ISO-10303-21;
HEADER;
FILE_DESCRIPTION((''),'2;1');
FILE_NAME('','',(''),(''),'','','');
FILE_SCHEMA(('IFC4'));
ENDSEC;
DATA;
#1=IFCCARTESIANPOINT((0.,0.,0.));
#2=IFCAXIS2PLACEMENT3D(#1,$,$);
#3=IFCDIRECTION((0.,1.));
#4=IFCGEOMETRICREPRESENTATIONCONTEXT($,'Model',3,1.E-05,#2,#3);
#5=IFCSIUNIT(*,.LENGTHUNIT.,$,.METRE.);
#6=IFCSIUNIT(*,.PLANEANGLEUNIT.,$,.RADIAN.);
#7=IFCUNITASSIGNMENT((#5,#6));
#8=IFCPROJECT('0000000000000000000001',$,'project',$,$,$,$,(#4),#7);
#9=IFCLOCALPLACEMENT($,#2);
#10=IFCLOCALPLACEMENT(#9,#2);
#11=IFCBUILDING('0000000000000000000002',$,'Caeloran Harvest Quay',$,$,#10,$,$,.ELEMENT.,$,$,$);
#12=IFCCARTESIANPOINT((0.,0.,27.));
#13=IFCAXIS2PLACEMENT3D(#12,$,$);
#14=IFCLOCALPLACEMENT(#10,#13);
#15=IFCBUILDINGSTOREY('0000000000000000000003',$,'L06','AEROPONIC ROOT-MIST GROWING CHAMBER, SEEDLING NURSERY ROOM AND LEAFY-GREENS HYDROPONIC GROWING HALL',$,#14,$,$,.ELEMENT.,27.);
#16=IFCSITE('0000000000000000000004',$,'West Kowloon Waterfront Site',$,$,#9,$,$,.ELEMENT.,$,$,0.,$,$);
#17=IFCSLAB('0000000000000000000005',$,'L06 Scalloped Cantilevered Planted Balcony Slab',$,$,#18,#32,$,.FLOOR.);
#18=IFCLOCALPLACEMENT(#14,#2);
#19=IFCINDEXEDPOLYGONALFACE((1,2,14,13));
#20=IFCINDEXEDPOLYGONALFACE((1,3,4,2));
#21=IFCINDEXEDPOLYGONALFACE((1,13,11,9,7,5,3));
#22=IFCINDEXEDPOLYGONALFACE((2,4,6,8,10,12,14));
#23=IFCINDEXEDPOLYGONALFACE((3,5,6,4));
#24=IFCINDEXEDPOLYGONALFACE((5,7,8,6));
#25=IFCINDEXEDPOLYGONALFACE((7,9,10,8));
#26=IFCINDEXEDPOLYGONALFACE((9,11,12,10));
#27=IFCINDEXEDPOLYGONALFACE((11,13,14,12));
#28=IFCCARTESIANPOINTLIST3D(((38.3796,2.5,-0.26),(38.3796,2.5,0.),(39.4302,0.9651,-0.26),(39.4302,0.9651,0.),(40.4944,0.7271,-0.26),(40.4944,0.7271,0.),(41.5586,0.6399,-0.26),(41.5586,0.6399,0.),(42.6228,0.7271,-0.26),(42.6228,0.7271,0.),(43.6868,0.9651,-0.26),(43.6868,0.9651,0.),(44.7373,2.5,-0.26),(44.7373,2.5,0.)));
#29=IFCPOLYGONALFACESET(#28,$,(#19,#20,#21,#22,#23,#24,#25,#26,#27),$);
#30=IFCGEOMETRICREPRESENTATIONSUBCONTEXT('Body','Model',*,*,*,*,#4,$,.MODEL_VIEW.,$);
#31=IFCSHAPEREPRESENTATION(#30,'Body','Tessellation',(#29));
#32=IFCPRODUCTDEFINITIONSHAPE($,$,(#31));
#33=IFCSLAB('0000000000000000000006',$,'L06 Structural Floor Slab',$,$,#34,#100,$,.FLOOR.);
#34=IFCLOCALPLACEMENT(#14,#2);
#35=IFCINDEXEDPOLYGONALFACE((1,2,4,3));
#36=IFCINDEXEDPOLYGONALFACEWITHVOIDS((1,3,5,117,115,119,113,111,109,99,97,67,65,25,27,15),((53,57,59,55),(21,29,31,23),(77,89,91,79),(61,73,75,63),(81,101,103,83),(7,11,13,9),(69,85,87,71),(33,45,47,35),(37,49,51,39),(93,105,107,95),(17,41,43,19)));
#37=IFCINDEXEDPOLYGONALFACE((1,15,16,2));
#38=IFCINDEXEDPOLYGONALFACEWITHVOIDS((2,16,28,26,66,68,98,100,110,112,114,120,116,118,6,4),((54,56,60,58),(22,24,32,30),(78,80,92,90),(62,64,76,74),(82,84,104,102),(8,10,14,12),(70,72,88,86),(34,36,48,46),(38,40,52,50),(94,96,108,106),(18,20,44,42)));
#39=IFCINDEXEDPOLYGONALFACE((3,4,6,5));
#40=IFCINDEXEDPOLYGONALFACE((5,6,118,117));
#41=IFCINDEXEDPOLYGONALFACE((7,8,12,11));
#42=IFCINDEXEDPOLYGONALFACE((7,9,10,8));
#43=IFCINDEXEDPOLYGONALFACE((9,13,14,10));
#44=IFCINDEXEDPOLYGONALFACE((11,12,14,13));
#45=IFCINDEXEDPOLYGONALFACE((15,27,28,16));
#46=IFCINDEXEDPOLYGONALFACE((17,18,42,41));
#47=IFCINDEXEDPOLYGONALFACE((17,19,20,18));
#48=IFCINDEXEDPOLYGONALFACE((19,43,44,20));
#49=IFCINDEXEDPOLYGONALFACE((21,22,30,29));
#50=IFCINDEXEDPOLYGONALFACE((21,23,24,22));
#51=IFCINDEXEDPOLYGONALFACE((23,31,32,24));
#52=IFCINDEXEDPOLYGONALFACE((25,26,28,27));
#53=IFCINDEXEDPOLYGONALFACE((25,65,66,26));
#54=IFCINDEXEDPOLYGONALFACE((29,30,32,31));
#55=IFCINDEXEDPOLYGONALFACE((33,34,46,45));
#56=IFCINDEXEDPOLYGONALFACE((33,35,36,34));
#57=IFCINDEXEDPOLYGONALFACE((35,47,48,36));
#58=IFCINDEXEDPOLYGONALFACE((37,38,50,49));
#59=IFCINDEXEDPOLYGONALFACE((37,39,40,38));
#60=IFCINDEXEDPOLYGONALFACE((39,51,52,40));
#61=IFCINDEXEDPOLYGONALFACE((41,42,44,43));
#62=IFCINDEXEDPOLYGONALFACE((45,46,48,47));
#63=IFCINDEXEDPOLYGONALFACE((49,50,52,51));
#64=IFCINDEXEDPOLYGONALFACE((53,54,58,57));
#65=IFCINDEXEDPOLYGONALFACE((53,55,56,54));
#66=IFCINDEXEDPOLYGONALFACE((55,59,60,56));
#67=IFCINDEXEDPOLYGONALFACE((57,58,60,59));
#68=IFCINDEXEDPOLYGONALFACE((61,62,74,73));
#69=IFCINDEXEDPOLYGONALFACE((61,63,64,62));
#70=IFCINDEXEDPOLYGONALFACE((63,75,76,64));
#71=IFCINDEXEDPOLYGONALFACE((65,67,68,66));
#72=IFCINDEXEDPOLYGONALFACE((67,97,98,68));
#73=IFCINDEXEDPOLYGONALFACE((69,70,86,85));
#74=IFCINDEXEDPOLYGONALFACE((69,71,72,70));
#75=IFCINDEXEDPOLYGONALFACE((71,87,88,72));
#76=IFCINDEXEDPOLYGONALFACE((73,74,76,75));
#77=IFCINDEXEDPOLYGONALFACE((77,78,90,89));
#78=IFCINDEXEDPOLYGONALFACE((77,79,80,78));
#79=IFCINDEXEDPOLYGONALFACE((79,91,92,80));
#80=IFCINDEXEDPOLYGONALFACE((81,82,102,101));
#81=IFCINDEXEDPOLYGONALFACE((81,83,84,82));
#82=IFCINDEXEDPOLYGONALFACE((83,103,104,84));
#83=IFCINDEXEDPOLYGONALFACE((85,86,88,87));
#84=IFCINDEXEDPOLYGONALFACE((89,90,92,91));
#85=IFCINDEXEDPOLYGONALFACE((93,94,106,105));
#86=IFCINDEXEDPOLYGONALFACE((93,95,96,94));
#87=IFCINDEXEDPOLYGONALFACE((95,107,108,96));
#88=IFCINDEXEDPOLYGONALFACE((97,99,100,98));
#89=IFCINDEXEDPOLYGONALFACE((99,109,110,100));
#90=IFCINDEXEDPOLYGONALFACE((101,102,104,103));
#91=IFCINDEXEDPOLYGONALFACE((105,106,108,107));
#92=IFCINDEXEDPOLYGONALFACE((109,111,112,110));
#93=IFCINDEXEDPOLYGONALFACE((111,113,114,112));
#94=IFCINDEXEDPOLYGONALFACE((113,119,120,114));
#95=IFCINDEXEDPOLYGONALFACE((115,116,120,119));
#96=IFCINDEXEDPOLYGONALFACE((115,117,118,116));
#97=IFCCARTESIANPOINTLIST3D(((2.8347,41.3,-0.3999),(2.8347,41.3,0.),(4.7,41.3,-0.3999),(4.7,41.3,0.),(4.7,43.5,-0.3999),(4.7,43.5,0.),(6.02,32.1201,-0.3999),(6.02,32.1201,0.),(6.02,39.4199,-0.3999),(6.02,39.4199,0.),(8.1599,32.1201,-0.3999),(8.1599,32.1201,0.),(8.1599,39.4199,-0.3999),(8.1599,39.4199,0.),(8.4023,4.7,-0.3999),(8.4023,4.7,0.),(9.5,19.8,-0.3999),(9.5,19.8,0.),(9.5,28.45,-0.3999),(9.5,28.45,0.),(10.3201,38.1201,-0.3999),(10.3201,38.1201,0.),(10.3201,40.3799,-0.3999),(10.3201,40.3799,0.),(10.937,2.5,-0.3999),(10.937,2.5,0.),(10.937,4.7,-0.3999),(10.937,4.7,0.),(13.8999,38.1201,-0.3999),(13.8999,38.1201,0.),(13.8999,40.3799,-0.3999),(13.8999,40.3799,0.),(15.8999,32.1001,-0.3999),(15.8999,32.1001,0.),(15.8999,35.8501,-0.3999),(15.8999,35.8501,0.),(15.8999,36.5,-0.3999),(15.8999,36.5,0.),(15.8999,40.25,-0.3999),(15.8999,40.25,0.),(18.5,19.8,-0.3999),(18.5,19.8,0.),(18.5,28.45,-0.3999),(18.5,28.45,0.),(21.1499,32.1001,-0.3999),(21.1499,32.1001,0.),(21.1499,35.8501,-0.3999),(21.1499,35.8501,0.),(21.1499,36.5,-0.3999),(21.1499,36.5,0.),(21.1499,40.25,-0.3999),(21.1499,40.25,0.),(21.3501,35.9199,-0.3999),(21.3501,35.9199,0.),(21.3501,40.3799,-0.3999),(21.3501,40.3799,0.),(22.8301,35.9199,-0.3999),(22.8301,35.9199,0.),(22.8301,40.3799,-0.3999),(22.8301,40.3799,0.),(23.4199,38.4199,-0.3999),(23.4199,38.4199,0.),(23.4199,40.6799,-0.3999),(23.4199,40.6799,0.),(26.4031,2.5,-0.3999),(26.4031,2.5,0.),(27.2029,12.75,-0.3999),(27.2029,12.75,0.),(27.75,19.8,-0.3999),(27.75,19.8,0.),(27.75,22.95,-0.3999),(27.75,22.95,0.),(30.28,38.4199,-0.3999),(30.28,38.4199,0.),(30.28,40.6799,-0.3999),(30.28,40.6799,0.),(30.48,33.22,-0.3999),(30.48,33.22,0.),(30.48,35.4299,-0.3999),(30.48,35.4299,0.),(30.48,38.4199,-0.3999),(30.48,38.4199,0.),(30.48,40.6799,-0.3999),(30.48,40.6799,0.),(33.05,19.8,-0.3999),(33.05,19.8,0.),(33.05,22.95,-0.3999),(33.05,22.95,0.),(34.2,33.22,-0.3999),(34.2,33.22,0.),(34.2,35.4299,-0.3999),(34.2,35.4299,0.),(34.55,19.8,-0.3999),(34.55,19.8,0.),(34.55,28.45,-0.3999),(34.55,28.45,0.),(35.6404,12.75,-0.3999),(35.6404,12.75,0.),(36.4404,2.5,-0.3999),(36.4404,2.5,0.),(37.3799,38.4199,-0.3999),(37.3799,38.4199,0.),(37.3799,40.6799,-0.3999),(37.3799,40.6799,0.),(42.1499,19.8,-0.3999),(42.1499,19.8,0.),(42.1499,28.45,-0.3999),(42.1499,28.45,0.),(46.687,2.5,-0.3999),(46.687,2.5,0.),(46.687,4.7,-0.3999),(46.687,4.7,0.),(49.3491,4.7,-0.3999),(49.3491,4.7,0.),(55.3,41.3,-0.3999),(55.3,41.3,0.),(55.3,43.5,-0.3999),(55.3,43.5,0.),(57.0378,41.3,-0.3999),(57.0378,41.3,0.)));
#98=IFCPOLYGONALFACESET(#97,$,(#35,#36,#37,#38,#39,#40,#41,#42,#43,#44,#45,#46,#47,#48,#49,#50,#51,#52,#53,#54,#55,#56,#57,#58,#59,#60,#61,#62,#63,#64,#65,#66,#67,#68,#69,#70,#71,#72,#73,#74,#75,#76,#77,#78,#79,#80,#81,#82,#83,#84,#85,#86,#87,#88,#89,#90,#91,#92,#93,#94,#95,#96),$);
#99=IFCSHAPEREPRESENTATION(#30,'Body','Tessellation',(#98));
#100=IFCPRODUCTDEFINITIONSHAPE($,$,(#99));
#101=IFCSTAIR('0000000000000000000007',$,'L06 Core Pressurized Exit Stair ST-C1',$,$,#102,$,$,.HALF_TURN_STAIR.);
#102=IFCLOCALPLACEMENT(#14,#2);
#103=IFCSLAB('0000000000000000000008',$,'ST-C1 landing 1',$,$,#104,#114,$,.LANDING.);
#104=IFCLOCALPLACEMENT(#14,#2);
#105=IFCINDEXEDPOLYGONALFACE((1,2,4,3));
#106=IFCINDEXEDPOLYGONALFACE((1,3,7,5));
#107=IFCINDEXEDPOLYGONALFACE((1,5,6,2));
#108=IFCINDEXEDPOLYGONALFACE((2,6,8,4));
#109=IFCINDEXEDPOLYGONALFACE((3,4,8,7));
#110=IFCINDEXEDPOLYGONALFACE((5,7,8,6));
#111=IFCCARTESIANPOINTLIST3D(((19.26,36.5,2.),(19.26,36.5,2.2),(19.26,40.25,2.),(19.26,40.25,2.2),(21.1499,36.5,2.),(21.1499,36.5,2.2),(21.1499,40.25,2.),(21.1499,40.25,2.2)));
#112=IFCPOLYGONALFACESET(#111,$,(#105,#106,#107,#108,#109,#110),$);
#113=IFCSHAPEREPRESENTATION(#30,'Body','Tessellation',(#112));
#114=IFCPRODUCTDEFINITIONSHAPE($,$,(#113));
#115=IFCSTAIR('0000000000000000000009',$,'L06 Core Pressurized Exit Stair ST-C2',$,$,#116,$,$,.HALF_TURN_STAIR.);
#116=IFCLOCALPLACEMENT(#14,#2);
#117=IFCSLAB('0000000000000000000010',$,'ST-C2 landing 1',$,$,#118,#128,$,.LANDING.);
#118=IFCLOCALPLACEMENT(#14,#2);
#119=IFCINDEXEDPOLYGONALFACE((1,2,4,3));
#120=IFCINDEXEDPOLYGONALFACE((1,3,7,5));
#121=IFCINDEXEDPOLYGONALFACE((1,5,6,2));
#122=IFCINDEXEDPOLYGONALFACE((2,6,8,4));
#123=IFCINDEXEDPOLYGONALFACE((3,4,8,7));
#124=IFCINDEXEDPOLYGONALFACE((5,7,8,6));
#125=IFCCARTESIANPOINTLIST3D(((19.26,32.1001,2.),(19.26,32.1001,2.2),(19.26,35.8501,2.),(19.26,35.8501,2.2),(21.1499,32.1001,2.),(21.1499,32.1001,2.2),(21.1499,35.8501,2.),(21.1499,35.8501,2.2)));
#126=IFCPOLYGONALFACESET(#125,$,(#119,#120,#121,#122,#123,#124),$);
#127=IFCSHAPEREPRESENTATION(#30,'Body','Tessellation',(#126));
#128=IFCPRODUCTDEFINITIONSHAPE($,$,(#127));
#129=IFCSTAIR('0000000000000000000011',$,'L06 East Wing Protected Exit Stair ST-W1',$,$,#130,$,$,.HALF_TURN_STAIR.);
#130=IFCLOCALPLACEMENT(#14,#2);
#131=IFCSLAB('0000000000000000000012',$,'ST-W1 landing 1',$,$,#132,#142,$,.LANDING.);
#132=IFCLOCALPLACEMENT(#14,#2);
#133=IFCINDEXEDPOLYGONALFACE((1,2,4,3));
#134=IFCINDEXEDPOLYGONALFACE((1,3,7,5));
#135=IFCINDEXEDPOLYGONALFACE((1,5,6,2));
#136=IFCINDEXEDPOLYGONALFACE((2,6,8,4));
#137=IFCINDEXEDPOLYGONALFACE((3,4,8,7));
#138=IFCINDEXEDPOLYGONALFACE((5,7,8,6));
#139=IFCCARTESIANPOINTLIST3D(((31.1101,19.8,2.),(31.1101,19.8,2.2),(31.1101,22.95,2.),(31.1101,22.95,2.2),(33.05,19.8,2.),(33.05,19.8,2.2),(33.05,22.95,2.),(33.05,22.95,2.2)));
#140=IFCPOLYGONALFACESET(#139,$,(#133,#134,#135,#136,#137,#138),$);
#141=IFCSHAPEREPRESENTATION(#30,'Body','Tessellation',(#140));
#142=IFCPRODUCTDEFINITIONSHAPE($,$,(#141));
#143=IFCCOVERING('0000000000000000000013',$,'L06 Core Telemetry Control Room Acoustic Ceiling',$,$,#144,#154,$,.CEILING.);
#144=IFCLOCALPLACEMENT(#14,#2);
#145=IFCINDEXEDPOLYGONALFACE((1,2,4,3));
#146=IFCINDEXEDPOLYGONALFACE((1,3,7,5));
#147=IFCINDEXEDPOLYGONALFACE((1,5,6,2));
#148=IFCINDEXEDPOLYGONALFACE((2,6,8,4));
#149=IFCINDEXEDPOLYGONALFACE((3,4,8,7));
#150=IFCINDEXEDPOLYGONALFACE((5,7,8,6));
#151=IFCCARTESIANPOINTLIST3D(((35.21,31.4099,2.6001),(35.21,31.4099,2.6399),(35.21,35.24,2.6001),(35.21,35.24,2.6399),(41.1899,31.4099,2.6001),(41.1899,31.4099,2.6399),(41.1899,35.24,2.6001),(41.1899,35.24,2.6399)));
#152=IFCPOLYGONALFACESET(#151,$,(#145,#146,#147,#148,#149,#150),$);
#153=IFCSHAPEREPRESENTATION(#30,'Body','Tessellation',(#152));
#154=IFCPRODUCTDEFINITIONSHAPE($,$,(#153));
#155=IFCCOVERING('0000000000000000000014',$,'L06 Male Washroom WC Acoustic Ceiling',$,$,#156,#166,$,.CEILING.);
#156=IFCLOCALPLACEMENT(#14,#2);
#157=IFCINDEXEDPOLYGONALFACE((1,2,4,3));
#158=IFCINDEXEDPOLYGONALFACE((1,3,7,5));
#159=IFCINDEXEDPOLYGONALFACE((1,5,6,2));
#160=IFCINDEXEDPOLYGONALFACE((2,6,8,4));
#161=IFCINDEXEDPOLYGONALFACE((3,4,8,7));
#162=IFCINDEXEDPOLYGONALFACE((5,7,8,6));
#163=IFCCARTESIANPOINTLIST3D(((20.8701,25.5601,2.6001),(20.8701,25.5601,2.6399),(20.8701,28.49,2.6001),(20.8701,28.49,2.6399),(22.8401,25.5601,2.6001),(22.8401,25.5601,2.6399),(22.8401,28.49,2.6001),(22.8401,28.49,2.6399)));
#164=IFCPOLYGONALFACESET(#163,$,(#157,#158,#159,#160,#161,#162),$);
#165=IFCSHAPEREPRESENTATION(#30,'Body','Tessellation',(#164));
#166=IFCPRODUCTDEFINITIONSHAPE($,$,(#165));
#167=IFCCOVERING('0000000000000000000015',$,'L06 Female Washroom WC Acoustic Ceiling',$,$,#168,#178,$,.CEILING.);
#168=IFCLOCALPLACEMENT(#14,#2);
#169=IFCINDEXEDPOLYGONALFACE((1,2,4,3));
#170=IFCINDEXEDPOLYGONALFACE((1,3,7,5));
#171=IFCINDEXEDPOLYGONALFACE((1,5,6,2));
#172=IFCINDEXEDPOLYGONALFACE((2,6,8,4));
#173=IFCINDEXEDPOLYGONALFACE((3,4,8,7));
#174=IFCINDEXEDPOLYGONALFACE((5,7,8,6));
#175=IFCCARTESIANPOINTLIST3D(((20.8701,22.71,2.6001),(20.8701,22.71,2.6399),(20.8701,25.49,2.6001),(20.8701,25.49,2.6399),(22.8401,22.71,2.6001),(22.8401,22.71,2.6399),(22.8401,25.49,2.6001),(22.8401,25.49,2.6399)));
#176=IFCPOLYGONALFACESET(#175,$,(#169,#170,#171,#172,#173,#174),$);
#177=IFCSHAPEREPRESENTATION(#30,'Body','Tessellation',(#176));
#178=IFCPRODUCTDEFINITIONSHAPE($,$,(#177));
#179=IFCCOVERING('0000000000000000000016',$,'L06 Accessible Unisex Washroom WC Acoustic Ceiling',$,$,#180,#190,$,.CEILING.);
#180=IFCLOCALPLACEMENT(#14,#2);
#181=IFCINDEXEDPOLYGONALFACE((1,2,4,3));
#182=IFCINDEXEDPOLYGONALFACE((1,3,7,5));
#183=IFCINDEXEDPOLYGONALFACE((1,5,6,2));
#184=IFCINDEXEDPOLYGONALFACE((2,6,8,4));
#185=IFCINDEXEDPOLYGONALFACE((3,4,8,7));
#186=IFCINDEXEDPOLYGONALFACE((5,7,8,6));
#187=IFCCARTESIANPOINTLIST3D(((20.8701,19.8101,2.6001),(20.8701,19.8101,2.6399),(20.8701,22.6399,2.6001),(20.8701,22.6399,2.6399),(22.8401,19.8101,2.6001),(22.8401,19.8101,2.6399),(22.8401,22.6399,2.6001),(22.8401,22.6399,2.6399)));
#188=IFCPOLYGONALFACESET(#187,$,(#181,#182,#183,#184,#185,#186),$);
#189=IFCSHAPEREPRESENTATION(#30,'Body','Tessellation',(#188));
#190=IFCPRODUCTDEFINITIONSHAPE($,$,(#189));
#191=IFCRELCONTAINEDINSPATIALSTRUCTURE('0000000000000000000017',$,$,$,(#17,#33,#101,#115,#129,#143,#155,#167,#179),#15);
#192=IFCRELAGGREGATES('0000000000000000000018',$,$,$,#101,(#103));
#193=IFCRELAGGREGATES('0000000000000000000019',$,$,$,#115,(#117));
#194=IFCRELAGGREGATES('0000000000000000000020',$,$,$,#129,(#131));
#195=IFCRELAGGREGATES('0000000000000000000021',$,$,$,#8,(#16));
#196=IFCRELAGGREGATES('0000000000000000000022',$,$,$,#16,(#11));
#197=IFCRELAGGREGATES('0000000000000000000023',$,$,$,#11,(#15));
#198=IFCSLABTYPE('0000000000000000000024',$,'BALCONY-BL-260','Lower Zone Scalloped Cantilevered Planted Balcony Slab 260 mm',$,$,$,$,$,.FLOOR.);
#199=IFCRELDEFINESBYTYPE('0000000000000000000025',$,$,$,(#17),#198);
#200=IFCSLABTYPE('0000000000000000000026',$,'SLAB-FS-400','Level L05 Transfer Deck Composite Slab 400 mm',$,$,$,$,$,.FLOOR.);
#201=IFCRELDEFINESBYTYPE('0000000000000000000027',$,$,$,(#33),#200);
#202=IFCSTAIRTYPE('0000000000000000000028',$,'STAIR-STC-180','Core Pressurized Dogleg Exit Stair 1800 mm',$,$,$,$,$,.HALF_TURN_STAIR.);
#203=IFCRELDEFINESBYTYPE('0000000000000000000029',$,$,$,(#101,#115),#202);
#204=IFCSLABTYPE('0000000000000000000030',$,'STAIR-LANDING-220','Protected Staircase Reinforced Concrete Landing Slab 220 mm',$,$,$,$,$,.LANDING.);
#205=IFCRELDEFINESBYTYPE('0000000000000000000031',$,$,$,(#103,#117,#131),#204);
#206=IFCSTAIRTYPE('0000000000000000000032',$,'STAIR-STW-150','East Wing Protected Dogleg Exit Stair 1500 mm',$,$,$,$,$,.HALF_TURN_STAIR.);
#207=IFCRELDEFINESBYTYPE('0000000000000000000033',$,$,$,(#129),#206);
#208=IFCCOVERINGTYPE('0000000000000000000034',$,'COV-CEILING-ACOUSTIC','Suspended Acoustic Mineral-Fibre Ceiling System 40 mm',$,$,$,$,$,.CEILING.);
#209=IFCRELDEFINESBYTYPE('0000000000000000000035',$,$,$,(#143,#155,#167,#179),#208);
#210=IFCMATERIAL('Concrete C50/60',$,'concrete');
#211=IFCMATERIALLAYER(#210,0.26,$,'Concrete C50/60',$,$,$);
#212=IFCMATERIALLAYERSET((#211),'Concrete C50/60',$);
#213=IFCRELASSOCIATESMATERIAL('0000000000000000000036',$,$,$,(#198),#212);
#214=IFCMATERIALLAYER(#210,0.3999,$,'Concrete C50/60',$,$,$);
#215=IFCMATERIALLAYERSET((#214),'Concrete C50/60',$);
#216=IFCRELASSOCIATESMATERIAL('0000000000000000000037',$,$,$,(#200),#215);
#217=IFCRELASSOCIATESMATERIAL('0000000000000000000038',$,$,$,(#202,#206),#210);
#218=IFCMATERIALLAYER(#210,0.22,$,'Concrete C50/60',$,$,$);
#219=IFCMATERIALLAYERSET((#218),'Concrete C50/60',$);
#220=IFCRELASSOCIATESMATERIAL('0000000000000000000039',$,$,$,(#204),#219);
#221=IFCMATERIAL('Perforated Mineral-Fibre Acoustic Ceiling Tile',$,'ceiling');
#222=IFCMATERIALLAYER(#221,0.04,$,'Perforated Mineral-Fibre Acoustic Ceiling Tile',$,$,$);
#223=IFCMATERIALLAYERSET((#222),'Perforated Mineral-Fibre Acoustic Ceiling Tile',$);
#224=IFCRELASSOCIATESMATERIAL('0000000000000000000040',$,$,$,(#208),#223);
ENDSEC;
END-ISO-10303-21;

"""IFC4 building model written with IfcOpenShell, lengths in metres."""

from ifc_helpers import new_model, si_unit, direction, frame, origin, place, context, subcontext, project, spatial, polyline, outline, extrude, material, layer, layer_set, type_object, element, aggregate, save


model = new_model("IFC4")

# Units and contexts
model_context = context("Model", 3, precision=1e-05, world=origin(), true_north=direction((0.0, 1.0)))
body_context = subcontext(model_context, "Body", "Model", "MODEL_VIEW")
ifc_project = project(units=[si_unit("LENGTHUNIT", "METRE"), si_unit("PLANEANGLEUNIT", "RADIAN")], contexts=[model_context])

# Site, building, storey
site_placement = place(None, origin())
site = spatial("IfcSite", under=ifc_project, at=site_placement, Name="West Kowloon Waterfront Site", CompositionType="ELEMENT", RefElevation=0.0)
building_placement = place(site_placement, origin())
building = spatial("IfcBuilding", under=site, at=building_placement, Name="Caeloran Harvest Quay", CompositionType="ELEMENT")
storey_placement = place(building_placement, frame((0.0, 0.0, 27.0)))
storey = spatial("IfcBuildingStorey", under=building, at=storey_placement, Name="L06", Description="AEROPONIC ROOT-MIST GROWING CHAMBER, SEEDLING NURSERY ROOM AND LEAFY-GREENS HYDROPONIC GROWING HALL", CompositionType="ELEMENT", Elevation=27.0)

# Slabs
ifc_material_1 = material(Name="Concrete C50/60", Category="concrete")
ifc_layer_1 = layer(ifc_material_1, 0.26, Name="Concrete C50/60")
ifc_layer_set_1 = layer_set([ifc_layer_1], Name="Concrete C50/60")
slab_type_1 = type_object("IfcSlabType", Name="BALCONY-BL-260", Description="Lower Zone Scalloped Cantilevered Planted Balcony Slab 260 mm", PredefinedType="FLOOR", material=ifc_layer_set_1)
slab_1_placement = place(storey_placement, frame((0.0, 0.0, -0.26)))
element("IfcSlab", 1, at=slab_1_placement, inside=storey, type_object=slab_type_1, Name="L06 Scalloped Cantilevered Planted Balcony Slab", PredefinedType="FLOOR", context=body_context, shape_type="SweptSolid", body=[
    extrude(outline(polyline([(43.6868, 0.9651), (42.6228, 0.7271), (41.5586, 0.6399), (40.4944, 0.7271), (39.4302, 0.9651), (38.3796, 2.5), (44.7373, 2.5), (43.6868, 0.9651)])), origin(), (0.0, 0.0, 1.0), 0.26),
])
ifc_layer_2 = layer(ifc_material_1, 0.3999, Name="Concrete C50/60")
ifc_layer_set_2 = layer_set([ifc_layer_2], Name="Concrete C50/60")
slab_type_2 = type_object("IfcSlabType", Name="SLAB-FS-400", Description="Level L05 Transfer Deck Composite Slab 400 mm", PredefinedType="FLOOR", material=ifc_layer_set_2)
slab_2_placement = place(storey_placement, frame((0.0, 0.0, -0.3999)))
element("IfcSlab", 2, at=slab_2_placement, inside=storey, type_object=slab_type_2, Name="L06 Structural Floor Slab", PredefinedType="FLOOR", context=body_context, shape_type="SweptSolid", body=[
    extrude(outline(polyline([(10.937, 2.5), (26.4031, 2.5), (27.2029, 12.75), (35.6404, 12.75), (36.4404, 2.5), (46.687, 2.5), (46.687, 4.7), (49.3491, 4.7), (57.0378, 41.3), (55.3, 41.3), (55.3, 43.5), (4.7, 43.5), (4.7, 41.3), (2.8347, 41.3), (8.4023, 4.7), (10.937, 4.7), (10.937, 2.5)]), holes=[polyline([(18.5, 19.8), (9.5, 19.8), (9.5, 28.45), (18.5, 28.45), (18.5, 19.8)]), polyline([(15.8999, 32.1001), (15.8999, 35.8501), (21.1499, 35.8501), (21.1499, 32.1001), (15.8999, 32.1001)]), polyline([(8.1599, 32.1201), (6.02, 32.1201), (6.02, 39.4199), (8.1599, 39.4199), (8.1599, 32.1201)]), polyline([(21.3501, 35.9199), (21.3501, 40.3799), (22.8301, 40.3799), (22.8301, 35.9199), (21.3501, 35.9199)]), polyline([(15.8999, 40.25), (21.1499, 40.25), (21.1499, 36.5), (15.8999, 36.5), (15.8999, 40.25)]), polyline([(13.8999, 38.1201), (10.3201, 38.1201), (10.3201, 40.3799), (13.8999, 40.3799), (13.8999, 38.1201)]), polyline([(27.75, 22.95), (33.05, 22.95), (33.05, 19.8), (27.75, 19.8), (27.75, 22.95)]), polyline([(34.55, 19.8), (34.55, 28.45), (42.1499, 28.45), (42.1499, 19.8), (34.55, 19.8)]), polyline([(34.2, 33.22), (30.48, 33.22), (30.48, 35.4299), (34.2, 35.4299), (34.2, 33.22)]), polyline([(23.4199, 38.4199), (23.4199, 40.6799), (30.28, 40.6799), (30.28, 38.4199), (23.4199, 38.4199)]), polyline([(30.48, 38.4199), (30.48, 40.6799), (37.3799, 40.6799), (37.3799, 38.4199), (30.48, 38.4199)])]), origin(), (0.0, 0.0, 1.0), 0.3999),
])

# Stairs, slabs
stair_type_1 = type_object("IfcStairType", Name="STAIR-STC-180", Description="Core Pressurized Dogleg Exit Stair 1800 mm", PredefinedType="HALF_TURN_STAIR", material=ifc_material_1)
stair_1_placement = place(storey_placement, origin())
stair_1 = element("IfcStair", 3, at=stair_1_placement, inside=storey, type_object=stair_type_1, Name="L06 Core Pressurized Exit Stair ST-C1", PredefinedType="HALF_TURN_STAIR")
ifc_layer_3 = layer(ifc_material_1, 0.22, Name="Concrete C50/60")
ifc_layer_set_3 = layer_set([ifc_layer_3], Name="Concrete C50/60")
slab_type_3 = type_object("IfcSlabType", Name="STAIR-LANDING-220", Description="Protected Staircase Reinforced Concrete Landing Slab 220 mm", PredefinedType="LANDING", material=ifc_layer_set_3)
slab_3_placement = place(storey_placement, frame((0.0, 0.0, 2.0)))
slab_3 = element("IfcSlab", 4, at=slab_3_placement, type_object=slab_type_3, Name="ST-C1 landing 1", PredefinedType="LANDING", context=body_context, shape_type="SweptSolid", body=[
    extrude(outline(polyline([(19.26, 36.5), (21.1499, 36.5), (21.1499, 40.25), (19.26, 40.25), (19.26, 36.5)])), origin(), (0.0, 0.0, 1.0), 0.2),
])
aggregate(stair_1, [slab_3])
stair_2_placement = place(storey_placement, origin())
stair_2 = element("IfcStair", 5, at=stair_2_placement, inside=storey, type_object=stair_type_1, Name="L06 Core Pressurized Exit Stair ST-C2", PredefinedType="HALF_TURN_STAIR")
slab_4_placement = place(storey_placement, frame((0.0, 0.0, 2.0)))
slab_4 = element("IfcSlab", 6, at=slab_4_placement, type_object=slab_type_3, Name="ST-C2 landing 1", PredefinedType="LANDING", context=body_context, shape_type="SweptSolid", body=[
    extrude(outline(polyline([(19.26, 32.1001), (21.1499, 32.1001), (21.1499, 35.8501), (19.26, 35.8501), (19.26, 32.1001)])), origin(), (0.0, 0.0, 1.0), 0.2),
])
aggregate(stair_2, [slab_4])
stair_type_2 = type_object("IfcStairType", Name="STAIR-STW-150", Description="East Wing Protected Dogleg Exit Stair 1500 mm", PredefinedType="HALF_TURN_STAIR", material=ifc_material_1)
stair_3_placement = place(storey_placement, origin())
stair_3 = element("IfcStair", 7, at=stair_3_placement, inside=storey, type_object=stair_type_2, Name="L06 East Wing Protected Exit Stair ST-W1", PredefinedType="HALF_TURN_STAIR")
slab_5_placement = place(storey_placement, frame((0.0, 0.0, 2.0)))
slab_5 = element("IfcSlab", 8, at=slab_5_placement, type_object=slab_type_3, Name="ST-W1 landing 1", PredefinedType="LANDING", context=body_context, shape_type="SweptSolid", body=[
    extrude(outline(polyline([(31.1101, 19.8), (33.05, 19.8), (33.05, 22.95), (31.1101, 22.95), (31.1101, 19.8)])), origin(), (0.0, 0.0, 1.0), 0.2),
])
aggregate(stair_3, [slab_5])

# Coverings
ifc_material_2 = material(Name="Perforated Mineral-Fibre Acoustic Ceiling Tile", Category="ceiling")
ifc_layer_4 = layer(ifc_material_2, 0.04, Name="Perforated Mineral-Fibre Acoustic Ceiling Tile")
ifc_layer_set_4 = layer_set([ifc_layer_4], Name="Perforated Mineral-Fibre Acoustic Ceiling Tile")
covering_type_1 = type_object("IfcCoveringType", Name="COV-CEILING-ACOUSTIC", Description="Suspended Acoustic Mineral-Fibre Ceiling System 40 mm", PredefinedType="CEILING", material=ifc_layer_set_4)
covering_1_placement = place(storey_placement, frame((0.0, 0.0, 2.6001)))
element("IfcCovering", 9, at=covering_1_placement, inside=storey, type_object=covering_type_1, Name="L06 Core Telemetry Control Room Acoustic Ceiling", PredefinedType="CEILING", context=body_context, shape_type="SweptSolid", body=[
    extrude(outline(polyline([(41.1899, 35.24), (41.1899, 31.4099), (35.21, 31.4099), (35.21, 35.24), (41.1899, 35.24)])), origin(), (0.0, 0.0, 1.0), 0.0398),
])
covering_2_placement = place(storey_placement, frame((0.0, 0.0, 2.6001)))
element("IfcCovering", 10, at=covering_2_placement, inside=storey, type_object=covering_type_1, Name="L06 Male Washroom WC Acoustic Ceiling", PredefinedType="CEILING", context=body_context, shape_type="SweptSolid", body=[
    extrude(outline(polyline([(22.8401, 25.5601), (20.8701, 25.5601), (20.8701, 28.49), (22.8401, 28.49), (22.8401, 25.5601)])), origin(), (0.0, 0.0, 1.0), 0.0398),
])
covering_3_placement = place(storey_placement, frame((0.0, 0.0, 2.6001)))
element("IfcCovering", 11, at=covering_3_placement, inside=storey, type_object=covering_type_1, Name="L06 Female Washroom WC Acoustic Ceiling", PredefinedType="CEILING", context=body_context, shape_type="SweptSolid", body=[
    extrude(outline(polyline([(22.8401, 22.71), (20.8701, 22.71), (20.8701, 25.49), (22.8401, 25.49), (22.8401, 22.71)])), origin(), (0.0, 0.0, 1.0), 0.0398),
])
covering_4_placement = place(storey_placement, frame((0.0, 0.0, 2.6001)))
element("IfcCovering", 12, at=covering_4_placement, inside=storey, type_object=covering_type_1, Name="L06 Accessible Unisex Washroom WC Acoustic Ceiling", PredefinedType="CEILING", context=body_context, shape_type="SweptSolid", body=[
    extrude(outline(polyline([(22.8401, 19.8101), (20.8701, 19.8101), (20.8701, 22.6399), (22.8401, 22.6399), (22.8401, 19.8101)])), origin(), (0.0, 0.0, 1.0), 0.0398),
])

save(model, "model.ifc")
